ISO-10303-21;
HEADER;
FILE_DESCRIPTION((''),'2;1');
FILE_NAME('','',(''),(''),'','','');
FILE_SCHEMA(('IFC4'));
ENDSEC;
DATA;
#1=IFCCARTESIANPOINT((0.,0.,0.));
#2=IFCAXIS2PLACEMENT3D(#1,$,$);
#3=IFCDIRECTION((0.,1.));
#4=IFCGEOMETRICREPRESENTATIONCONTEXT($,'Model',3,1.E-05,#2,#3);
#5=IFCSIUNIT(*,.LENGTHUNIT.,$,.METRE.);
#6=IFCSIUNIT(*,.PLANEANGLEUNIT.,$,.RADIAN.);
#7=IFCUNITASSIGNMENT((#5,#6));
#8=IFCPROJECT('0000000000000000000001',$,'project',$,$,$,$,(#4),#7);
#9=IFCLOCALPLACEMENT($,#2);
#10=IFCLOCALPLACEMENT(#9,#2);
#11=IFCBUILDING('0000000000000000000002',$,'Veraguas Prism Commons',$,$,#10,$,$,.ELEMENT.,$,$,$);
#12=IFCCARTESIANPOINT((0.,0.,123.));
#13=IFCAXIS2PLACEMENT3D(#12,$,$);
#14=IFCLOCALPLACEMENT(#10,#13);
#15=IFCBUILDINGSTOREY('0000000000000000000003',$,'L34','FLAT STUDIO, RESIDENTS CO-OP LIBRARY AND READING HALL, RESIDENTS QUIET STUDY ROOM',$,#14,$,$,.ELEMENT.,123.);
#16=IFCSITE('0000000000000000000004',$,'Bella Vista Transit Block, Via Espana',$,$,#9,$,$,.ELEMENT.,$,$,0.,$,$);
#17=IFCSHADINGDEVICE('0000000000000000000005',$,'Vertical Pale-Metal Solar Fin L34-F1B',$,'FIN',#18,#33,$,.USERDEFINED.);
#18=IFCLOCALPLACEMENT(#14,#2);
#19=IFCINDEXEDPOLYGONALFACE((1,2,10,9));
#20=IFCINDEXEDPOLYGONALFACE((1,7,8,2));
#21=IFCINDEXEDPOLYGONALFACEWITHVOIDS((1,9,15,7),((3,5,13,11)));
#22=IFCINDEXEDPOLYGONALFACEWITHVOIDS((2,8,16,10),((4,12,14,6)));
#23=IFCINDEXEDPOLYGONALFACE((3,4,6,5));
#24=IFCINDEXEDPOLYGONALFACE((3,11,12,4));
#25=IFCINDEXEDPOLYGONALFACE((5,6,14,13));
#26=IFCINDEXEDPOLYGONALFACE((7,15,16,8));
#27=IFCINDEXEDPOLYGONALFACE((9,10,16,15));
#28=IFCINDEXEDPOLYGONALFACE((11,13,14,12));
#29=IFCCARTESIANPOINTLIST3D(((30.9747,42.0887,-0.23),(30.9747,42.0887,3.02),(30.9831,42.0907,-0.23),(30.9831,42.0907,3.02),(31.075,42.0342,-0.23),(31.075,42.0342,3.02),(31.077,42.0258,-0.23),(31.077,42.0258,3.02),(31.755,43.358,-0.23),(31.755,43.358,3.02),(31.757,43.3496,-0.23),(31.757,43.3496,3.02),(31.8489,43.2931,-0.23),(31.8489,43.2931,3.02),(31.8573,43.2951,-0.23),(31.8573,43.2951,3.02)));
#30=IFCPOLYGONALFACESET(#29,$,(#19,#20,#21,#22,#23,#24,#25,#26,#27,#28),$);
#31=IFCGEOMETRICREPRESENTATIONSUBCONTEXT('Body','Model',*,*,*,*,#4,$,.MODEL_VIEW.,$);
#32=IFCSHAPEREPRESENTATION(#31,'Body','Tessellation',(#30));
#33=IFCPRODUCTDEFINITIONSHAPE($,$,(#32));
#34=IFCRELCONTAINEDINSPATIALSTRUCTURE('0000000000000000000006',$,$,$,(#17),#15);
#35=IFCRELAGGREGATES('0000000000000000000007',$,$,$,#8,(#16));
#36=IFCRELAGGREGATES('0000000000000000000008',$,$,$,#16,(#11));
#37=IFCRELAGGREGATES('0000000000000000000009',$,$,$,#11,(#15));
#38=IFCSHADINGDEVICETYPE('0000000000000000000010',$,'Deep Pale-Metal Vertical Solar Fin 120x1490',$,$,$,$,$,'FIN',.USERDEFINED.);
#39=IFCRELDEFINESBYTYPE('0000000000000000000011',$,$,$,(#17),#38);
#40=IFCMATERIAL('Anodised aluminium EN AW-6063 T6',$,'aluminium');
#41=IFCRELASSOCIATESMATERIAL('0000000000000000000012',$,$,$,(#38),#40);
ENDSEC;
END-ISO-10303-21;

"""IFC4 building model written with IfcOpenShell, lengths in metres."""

from ifc_helpers import new_model, si_unit, direction, frame, origin, origin_2d, place, context, subcontext, project, spatial, hollow_rectangle, extrude, material, material_profile, profile_set, type_object, element, save


model = new_model("IFC4")

# Units and contexts
model_context = context("Model", 3, precision=1e-05, world=origin(), true_north=direction((0.0, 1.0)))
body_context = subcontext(model_context, "Body", "Model", "MODEL_VIEW")
ifc_project = project(units=[si_unit("LENGTHUNIT", "METRE"), si_unit("PLANEANGLEUNIT", "RADIAN")], contexts=[model_context])

# Site, building, storey
site_placement = place(None, origin())
site = spatial("IfcSite", under=ifc_project, at=site_placement, Name="Bella Vista Transit Block, Via Espana", CompositionType="ELEMENT", RefElevation=0.0)
building_placement = place(site_placement, origin())
building = spatial("IfcBuilding", under=site, at=building_placement, Name="Veraguas Prism Commons", CompositionType="ELEMENT")
storey_placement = place(building_placement, frame((0.0, 0.0, 123.0)))
storey = spatial("IfcBuildingStorey", under=building, at=storey_placement, Name="L34", Description="FLAT STUDIO, RESIDENTS CO-OP LIBRARY AND READING HALL, RESIDENTS QUIET STUDY ROOM", CompositionType="ELEMENT", Elevation=123.0)

# Shared definitions
ifc_material_1 = material(Name="Anodised aluminium EN AW-6063 T6", Category="aluminium")

# Shading device
ifc_material_profile_1 = material_profile(ifc_material_1, hollow_rectangle(XDim=0.1201, YDim=1.49, WallThickness=0.0061, at=origin_2d()), Name="FIN120X1490X6")
ifc_profile_set_1 = profile_set([ifc_material_profile_1], Name="Anodised aluminium EN AW-6063 T6")
shading_device_type = type_object("IfcShadingDeviceType", Name="Deep Pale-Metal Vertical Solar Fin 120x1490", ElementType="FIN", PredefinedType="USERDEFINED", material=ifc_profile_set_1)
shading_device_placement = place(storey_placement, frame((31.416, 42.6919, -0.23), z_axis=(0.0, 0.0, 1.0), x_axis=(-0.851909, 0.52369, 0.0)))
element("IfcShadingDevice", 1, at=shading_device_placement, inside=storey, type_object=shading_device_type, Name="Vertical Pale-Metal Solar Fin L34-F1B", ObjectType="FIN", PredefinedType="USERDEFINED", context=body_context, shape_type="SweptSolid", body=[
    extrude(hollow_rectangle(XDim=0.1201, YDim=1.49, WallThickness=0.0061, at=origin_2d()), origin(), (0.0, 0.0, 1.0), 3.25),
])

save(model, "model.ifc")
